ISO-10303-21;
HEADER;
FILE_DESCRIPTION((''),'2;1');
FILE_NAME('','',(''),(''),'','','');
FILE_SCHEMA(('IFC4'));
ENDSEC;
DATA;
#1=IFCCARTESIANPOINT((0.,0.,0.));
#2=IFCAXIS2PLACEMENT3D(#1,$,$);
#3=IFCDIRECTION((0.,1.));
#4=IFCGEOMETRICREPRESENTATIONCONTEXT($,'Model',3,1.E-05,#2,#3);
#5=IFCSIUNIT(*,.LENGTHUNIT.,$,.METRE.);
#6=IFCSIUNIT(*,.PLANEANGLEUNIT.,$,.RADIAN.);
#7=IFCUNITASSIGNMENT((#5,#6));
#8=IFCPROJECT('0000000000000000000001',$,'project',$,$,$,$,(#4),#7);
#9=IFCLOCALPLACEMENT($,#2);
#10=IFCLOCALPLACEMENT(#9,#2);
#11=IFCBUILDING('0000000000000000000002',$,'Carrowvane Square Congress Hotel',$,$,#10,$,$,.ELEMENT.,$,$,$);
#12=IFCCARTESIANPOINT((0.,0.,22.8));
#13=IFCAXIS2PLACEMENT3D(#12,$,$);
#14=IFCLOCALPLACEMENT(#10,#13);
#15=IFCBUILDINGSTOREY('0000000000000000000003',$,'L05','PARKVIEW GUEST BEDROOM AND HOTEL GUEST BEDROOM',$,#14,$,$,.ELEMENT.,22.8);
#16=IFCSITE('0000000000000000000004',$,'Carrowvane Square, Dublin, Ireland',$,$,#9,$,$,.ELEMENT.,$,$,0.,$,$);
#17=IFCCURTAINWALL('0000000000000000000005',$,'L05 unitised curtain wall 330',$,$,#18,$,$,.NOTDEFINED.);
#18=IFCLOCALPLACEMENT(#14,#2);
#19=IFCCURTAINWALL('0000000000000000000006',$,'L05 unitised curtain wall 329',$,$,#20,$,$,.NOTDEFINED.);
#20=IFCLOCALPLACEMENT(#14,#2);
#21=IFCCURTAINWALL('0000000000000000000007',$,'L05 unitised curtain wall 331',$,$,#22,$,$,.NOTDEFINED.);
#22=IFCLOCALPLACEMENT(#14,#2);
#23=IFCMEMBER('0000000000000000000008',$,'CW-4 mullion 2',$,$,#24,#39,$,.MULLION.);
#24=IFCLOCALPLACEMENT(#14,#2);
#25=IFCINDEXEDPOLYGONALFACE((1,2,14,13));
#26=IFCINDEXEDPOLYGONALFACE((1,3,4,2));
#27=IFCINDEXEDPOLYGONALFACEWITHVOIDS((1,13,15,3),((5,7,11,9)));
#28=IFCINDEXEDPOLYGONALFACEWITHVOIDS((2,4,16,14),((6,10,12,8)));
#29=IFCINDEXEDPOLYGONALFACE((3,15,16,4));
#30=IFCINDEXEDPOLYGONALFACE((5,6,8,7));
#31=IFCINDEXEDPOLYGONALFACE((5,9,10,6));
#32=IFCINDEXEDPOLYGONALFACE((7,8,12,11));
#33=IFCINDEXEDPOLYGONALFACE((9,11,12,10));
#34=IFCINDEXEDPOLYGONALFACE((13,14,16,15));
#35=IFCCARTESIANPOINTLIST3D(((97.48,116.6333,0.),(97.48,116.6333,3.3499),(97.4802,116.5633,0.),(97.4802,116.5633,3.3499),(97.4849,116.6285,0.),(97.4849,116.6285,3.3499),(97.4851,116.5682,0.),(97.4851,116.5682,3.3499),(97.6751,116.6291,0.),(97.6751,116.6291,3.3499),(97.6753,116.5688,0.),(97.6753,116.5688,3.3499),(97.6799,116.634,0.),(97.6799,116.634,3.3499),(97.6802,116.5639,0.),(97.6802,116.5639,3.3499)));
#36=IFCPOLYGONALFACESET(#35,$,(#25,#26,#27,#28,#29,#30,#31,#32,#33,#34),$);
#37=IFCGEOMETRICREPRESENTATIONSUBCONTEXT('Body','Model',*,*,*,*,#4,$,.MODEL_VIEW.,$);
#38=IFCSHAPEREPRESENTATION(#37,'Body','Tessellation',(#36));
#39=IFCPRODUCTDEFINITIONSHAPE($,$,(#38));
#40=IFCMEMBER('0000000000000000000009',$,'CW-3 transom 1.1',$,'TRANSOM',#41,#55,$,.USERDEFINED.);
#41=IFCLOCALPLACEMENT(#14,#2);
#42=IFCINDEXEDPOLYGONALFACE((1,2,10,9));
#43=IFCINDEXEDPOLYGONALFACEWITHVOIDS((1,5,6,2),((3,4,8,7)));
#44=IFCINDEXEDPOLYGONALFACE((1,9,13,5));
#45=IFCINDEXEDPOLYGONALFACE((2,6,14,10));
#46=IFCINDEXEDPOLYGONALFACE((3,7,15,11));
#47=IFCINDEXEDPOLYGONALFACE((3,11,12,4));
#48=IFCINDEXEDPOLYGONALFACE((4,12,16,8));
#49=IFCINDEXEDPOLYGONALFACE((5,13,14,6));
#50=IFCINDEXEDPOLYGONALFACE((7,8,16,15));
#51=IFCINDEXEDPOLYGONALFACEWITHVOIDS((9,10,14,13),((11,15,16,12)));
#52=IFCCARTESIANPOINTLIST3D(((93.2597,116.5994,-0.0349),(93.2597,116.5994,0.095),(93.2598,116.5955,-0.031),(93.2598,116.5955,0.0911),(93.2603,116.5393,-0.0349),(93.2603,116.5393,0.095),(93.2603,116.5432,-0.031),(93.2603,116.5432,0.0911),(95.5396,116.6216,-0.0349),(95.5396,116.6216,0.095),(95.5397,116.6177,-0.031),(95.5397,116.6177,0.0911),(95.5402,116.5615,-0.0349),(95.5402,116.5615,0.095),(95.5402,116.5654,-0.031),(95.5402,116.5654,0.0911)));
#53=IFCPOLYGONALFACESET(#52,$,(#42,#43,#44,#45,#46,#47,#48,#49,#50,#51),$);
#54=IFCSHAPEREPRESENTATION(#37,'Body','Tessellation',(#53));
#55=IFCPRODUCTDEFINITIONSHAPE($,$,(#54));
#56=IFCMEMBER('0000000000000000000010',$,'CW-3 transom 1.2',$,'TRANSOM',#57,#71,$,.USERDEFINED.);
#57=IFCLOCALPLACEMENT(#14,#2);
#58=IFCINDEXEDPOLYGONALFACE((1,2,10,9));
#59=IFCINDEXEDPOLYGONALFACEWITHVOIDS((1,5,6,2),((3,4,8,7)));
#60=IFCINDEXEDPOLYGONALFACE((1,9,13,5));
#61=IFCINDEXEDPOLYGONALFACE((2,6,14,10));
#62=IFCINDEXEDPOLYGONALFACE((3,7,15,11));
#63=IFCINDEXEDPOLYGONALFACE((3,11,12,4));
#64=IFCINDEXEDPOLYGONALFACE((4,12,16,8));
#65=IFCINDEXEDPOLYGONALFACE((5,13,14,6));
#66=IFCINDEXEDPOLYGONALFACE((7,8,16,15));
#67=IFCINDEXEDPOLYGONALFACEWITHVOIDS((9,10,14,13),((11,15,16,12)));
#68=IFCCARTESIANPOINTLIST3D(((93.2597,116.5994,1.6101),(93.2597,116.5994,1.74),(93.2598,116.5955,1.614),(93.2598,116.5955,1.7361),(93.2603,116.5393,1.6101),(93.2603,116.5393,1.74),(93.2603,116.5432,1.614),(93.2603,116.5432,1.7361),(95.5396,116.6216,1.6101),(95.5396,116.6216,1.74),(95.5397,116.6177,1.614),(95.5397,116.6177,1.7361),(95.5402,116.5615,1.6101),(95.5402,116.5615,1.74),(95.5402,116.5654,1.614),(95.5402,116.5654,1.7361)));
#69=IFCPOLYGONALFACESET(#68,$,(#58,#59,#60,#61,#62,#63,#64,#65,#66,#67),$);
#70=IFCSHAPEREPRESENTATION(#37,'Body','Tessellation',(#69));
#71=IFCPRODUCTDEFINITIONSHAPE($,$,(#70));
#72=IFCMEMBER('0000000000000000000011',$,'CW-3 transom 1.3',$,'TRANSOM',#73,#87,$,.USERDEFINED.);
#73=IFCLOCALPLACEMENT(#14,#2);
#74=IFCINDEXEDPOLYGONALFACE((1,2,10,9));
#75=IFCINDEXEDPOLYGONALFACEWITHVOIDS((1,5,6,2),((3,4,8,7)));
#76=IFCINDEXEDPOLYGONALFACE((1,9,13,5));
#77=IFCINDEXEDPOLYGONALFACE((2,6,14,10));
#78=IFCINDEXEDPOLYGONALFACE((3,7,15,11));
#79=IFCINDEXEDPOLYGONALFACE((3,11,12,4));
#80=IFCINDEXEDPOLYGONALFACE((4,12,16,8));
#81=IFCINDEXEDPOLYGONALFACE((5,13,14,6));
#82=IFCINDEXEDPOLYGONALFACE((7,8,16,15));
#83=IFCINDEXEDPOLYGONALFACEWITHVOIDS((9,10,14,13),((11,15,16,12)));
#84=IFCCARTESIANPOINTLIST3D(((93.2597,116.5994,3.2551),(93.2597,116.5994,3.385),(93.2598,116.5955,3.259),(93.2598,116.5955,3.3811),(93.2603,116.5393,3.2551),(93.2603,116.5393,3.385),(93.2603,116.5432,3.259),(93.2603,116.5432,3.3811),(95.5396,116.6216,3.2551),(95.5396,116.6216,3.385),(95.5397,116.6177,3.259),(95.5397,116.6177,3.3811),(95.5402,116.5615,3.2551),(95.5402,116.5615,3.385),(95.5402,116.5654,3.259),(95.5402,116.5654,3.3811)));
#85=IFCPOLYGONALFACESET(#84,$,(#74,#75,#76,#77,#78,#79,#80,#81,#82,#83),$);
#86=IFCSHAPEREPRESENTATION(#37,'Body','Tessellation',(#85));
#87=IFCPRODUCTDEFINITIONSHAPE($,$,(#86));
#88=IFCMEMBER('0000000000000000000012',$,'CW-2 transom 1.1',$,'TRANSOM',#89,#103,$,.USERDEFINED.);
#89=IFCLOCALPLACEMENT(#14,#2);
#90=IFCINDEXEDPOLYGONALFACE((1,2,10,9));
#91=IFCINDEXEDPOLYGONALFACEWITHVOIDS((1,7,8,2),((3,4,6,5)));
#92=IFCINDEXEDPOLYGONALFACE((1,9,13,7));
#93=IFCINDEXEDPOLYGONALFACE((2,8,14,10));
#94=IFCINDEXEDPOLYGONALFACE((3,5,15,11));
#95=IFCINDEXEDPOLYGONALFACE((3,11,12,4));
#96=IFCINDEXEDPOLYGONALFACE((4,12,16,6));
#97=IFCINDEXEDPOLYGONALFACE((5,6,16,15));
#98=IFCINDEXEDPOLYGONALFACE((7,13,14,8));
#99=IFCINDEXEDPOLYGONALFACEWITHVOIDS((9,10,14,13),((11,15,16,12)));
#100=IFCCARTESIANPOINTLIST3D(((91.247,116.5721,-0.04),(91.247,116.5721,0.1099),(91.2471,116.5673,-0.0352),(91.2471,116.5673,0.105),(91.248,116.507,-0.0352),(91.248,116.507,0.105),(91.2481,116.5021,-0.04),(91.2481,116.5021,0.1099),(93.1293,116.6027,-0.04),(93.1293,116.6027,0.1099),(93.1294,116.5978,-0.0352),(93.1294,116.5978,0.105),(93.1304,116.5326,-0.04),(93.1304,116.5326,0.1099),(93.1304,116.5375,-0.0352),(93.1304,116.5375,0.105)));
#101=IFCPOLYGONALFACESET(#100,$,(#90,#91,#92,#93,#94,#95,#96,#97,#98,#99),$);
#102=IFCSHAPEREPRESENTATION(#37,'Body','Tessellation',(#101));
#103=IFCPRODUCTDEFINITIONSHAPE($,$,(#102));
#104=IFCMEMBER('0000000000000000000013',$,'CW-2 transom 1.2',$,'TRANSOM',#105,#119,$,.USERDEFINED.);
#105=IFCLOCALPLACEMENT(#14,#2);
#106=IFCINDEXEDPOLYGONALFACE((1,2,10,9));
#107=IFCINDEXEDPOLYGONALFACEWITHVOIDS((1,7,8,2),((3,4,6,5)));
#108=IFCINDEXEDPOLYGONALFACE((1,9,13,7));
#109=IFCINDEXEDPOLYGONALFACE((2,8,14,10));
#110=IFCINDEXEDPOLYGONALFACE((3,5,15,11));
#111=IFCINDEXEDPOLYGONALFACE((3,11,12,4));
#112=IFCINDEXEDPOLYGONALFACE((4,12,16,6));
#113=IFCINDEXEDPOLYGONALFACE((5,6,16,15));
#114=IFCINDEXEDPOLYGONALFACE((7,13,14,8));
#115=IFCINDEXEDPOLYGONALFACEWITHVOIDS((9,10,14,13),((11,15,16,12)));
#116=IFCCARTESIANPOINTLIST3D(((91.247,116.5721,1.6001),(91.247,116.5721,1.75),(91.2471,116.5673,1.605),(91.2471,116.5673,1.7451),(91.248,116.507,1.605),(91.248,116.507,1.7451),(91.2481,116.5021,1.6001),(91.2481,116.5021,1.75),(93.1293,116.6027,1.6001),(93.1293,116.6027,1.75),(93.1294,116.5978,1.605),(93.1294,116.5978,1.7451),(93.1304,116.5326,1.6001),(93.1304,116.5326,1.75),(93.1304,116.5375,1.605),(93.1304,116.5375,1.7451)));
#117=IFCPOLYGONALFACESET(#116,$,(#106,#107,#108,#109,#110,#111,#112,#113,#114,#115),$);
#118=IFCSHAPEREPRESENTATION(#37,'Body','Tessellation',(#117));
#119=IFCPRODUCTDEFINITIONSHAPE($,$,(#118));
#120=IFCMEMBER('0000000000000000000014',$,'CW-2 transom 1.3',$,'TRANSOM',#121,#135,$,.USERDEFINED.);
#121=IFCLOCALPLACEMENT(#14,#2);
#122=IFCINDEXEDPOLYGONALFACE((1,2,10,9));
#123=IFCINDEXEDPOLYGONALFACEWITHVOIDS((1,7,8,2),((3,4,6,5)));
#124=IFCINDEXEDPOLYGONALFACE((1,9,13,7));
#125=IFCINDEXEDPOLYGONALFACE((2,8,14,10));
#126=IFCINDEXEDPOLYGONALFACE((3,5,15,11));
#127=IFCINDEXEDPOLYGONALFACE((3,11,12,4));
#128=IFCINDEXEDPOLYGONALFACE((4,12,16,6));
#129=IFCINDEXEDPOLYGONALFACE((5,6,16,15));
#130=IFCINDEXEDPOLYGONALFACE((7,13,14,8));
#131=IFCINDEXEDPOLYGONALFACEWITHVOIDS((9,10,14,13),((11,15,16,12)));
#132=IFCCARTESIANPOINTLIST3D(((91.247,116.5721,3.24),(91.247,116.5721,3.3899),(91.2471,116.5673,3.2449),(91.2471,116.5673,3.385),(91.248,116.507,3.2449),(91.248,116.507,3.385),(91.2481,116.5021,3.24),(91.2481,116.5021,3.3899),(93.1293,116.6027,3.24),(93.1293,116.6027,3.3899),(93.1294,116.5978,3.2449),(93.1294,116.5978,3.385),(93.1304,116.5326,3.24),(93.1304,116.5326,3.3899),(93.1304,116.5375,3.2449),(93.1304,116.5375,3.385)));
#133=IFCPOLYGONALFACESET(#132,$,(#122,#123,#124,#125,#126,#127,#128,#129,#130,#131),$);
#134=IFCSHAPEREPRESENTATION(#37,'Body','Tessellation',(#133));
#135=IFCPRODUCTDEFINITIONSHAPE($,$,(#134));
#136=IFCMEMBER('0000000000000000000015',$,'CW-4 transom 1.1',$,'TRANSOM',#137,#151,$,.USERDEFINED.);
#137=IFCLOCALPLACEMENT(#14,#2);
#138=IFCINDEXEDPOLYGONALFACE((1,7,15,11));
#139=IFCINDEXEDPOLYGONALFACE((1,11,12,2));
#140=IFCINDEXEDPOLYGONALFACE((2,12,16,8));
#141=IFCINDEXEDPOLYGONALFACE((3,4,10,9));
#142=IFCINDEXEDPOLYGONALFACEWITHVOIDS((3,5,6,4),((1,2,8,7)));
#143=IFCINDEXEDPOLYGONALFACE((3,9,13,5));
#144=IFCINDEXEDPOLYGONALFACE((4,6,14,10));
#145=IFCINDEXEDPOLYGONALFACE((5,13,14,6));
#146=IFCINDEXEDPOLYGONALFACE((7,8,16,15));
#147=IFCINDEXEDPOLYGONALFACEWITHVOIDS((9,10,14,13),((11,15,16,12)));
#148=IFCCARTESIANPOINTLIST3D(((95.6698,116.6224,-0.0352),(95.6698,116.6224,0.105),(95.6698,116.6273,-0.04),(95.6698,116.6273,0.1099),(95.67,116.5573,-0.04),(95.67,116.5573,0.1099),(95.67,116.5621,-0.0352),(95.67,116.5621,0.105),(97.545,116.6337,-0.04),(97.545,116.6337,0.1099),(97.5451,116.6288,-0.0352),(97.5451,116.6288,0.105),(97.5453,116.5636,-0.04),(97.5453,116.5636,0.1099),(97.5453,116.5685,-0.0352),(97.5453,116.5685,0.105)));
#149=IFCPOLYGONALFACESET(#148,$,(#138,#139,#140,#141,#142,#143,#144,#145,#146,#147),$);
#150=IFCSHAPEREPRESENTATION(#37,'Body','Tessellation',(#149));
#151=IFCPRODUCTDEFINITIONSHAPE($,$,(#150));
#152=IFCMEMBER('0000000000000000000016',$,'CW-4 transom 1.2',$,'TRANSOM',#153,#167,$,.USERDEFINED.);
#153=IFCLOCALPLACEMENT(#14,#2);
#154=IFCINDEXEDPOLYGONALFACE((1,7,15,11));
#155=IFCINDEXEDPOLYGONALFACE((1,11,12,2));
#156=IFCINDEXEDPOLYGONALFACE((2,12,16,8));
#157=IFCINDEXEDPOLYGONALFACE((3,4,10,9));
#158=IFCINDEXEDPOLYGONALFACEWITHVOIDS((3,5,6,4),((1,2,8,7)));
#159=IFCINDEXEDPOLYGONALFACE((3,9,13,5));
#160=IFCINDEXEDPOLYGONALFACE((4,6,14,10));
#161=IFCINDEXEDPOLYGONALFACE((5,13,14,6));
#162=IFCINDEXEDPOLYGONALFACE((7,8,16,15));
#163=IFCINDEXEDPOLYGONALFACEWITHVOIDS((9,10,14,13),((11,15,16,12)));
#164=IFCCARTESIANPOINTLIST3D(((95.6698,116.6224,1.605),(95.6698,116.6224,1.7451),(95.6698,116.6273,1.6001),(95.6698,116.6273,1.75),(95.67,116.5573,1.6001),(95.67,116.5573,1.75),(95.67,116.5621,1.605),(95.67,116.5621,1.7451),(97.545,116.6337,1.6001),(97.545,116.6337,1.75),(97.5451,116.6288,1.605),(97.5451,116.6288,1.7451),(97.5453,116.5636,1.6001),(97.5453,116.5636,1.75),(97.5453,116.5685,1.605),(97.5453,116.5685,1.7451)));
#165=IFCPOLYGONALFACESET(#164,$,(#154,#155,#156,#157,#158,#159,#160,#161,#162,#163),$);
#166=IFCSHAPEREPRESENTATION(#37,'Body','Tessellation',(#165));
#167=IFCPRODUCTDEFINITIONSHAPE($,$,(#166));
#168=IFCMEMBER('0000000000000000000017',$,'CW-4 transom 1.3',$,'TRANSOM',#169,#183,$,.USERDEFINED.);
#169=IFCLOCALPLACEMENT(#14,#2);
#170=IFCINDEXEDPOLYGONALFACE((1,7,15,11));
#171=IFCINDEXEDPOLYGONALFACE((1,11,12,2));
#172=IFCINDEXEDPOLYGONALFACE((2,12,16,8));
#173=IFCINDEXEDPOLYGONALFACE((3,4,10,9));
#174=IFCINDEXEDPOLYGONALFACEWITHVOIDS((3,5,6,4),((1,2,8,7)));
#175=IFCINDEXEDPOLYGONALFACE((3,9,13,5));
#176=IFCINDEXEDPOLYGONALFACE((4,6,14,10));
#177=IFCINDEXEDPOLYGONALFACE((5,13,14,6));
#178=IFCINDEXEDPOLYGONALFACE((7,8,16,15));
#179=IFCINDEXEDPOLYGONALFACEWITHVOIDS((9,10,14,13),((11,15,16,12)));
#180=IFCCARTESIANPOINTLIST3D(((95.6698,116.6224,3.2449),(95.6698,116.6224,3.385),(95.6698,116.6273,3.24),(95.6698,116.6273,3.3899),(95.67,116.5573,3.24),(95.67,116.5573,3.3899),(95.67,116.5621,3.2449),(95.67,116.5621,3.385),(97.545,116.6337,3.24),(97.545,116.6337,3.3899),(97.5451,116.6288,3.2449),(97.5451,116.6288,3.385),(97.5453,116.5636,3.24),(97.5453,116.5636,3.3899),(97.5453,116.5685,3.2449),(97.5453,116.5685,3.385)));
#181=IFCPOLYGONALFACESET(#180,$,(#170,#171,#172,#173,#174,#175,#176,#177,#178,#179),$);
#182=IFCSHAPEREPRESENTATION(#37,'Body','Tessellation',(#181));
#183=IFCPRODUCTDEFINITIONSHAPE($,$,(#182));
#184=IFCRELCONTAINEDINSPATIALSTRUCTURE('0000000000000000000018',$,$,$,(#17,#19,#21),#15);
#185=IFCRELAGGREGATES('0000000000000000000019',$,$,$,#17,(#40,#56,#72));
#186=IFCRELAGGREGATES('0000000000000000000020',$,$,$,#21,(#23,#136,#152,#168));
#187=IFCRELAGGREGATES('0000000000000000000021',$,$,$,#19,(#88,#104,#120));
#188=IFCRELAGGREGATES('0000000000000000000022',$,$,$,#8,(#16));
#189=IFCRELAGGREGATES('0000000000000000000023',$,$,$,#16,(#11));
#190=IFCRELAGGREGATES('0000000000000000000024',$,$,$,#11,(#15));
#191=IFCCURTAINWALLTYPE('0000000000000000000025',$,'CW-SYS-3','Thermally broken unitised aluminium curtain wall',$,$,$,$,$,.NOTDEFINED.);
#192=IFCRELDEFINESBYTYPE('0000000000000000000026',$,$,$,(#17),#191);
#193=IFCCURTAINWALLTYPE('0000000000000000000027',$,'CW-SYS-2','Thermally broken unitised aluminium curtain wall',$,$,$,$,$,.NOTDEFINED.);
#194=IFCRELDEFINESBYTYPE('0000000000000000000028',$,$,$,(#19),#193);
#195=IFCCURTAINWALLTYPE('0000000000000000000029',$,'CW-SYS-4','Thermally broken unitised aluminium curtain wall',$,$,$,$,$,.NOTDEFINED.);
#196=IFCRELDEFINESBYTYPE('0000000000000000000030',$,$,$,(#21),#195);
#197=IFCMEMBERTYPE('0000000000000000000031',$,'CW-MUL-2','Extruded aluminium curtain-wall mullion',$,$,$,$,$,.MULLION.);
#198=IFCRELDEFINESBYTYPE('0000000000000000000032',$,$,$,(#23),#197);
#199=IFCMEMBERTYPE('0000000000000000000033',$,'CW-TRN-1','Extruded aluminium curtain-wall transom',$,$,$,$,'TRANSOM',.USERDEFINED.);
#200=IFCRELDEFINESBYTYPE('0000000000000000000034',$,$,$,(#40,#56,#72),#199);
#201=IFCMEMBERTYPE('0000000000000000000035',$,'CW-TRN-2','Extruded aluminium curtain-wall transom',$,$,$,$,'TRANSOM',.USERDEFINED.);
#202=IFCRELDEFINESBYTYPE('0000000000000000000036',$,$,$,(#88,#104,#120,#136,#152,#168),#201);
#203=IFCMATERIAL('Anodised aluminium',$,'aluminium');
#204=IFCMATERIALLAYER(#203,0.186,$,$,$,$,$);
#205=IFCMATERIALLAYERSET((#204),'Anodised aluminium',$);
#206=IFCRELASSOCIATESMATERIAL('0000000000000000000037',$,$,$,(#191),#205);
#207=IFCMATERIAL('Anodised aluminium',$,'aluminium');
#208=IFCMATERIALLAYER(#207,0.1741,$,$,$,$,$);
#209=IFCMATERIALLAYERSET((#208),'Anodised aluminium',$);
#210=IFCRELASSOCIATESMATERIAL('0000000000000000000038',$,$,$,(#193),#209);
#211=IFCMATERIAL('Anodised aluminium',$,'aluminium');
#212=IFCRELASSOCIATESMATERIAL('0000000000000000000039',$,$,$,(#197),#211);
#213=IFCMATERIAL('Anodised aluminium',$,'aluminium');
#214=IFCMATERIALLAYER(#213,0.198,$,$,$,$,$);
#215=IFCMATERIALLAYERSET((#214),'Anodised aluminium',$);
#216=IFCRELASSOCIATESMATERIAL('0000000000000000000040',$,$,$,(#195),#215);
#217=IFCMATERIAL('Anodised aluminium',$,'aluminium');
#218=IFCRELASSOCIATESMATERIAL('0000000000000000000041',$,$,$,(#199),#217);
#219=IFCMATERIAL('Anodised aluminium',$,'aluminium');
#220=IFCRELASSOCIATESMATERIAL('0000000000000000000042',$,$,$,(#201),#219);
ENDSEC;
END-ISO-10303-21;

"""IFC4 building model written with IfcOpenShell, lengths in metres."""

from ifc_helpers import new_model, si_unit, direction, frame, origin, origin_2d, place, context, subcontext, project, spatial, hollow_rectangle, extrude, material, layer, layer_set, material_profile, profile_set, type_object, element, aggregate, save


model = new_model("IFC4")

# Units and contexts
model_context = context("Model", 3, precision=1e-05, world=origin(), true_north=direction((0.0, 1.0)))
body_context = subcontext(model_context, "Body", "Model", "MODEL_VIEW")
ifc_project = project(units=[si_unit("LENGTHUNIT", "METRE"), si_unit("PLANEANGLEUNIT", "RADIAN")], contexts=[model_context])

# Site, building, storey
site_placement = place(None, origin())
site = spatial("IfcSite", under=ifc_project, at=site_placement, Name="Carrowvane Square, Dublin, Ireland", CompositionType="ELEMENT", RefElevation=0.0)
building_placement = place(site_placement, origin())
building = spatial("IfcBuilding", under=site, at=building_placement, Name="Carrowvane Square Congress Hotel", CompositionType="ELEMENT")
storey_placement = place(building_placement, frame((0.0, 0.0, 22.8)))
storey = spatial("IfcBuildingStorey", under=building, at=storey_placement, Name="L05", Description="PARKVIEW GUEST BEDROOM AND HOTEL GUEST BEDROOM", CompositionType="ELEMENT", Elevation=22.8)

# Curtain walls, member
ifc_material_1 = material(Name="Anodised aluminium", Category="aluminium")
ifc_layer_1 = layer(ifc_material_1, 0.186)
ifc_layer_set_1 = layer_set([ifc_layer_1], Name="Anodised aluminium")
curtain_wall_type_1 = type_object("IfcCurtainWallType", Name="CW-SYS-3", Description="Thermally broken unitised aluminium curtain wall", PredefinedType="NOTDEFINED", material=ifc_layer_set_1)
curtain_wall_1_placement = place(storey_placement, origin())
curtain_wall_1 = element("IfcCurtainWall", 1, at=curtain_wall_1_placement, inside=storey, type_object=curtain_wall_type_1, Name="L05 unitised curtain wall 330", PredefinedType="NOTDEFINED")
ifc_material_2 = material(Name="Anodised aluminium", Category="aluminium")
ifc_layer_2 = layer(ifc_material_2, 0.1741)
ifc_layer_set_2 = layer_set([ifc_layer_2], Name="Anodised aluminium")
curtain_wall_type_2 = type_object("IfcCurtainWallType", Name="CW-SYS-2", Description="Thermally broken unitised aluminium curtain wall", PredefinedType="NOTDEFINED", material=ifc_layer_set_2)
curtain_wall_2_placement = place(storey_placement, origin())
curtain_wall_2 = element("IfcCurtainWall", 2, at=curtain_wall_2_placement, inside=storey, type_object=curtain_wall_type_2, Name="L05 unitised curtain wall 329", PredefinedType="NOTDEFINED")
ifc_material_3 = material(Name="Anodised aluminium", Category="aluminium")
ifc_material_profile_1 = material_profile(ifc_material_3, hollow_rectangle(XDim=0.0701, YDim=0.2, WallThickness=0.0049, at=origin_2d()), Name="CW-ML 70x200x5")
ifc_profile_set_1 = profile_set([ifc_material_profile_1], Name="Anodised aluminium")
member_type_1 = type_object("IfcMemberType", Name="CW-MUL-2", Description="Extruded aluminium curtain-wall mullion", PredefinedType="MULLION", material=ifc_profile_set_1)
ifc_material_4 = material(Name="Anodised aluminium", Category="aluminium")
ifc_layer_3 = layer(ifc_material_4, 0.198)
ifc_layer_set_3 = layer_set([ifc_layer_3], Name="Anodised aluminium")
curtain_wall_type_3 = type_object("IfcCurtainWallType", Name="CW-SYS-4", Description="Thermally broken unitised aluminium curtain wall", PredefinedType="NOTDEFINED", material=ifc_layer_set_3)
curtain_wall_3_placement = place(storey_placement, origin())
curtain_wall_3 = element("IfcCurtainWall", 3, at=curtain_wall_3_placement, inside=storey, type_object=curtain_wall_type_3, Name="L05 unitised curtain wall 331", PredefinedType="NOTDEFINED")
member_1_placement = place(storey_placement, frame((97.5801, 116.5986, 0.0), z_axis=(0.0, 0.0, 1.0), x_axis=(-0.00327, 0.999995, 0.0)))
member_1 = element("IfcMember", 4, at=member_1_placement, type_object=member_type_1, Name="CW-4 mullion 2", PredefinedType="MULLION", context=body_context, shape_type="SweptSolid", body=[
    extrude(hollow_rectangle(XDim=0.0701, YDim=0.2, WallThickness=0.0049, at=origin_2d()), origin(), (0.0, 0.0, 1.0), 3.3499),
])

# Members
ifc_material_5 = material(Name="Anodised aluminium", Category="aluminium")
ifc_material_profile_2 = material_profile(ifc_material_5, hollow_rectangle(XDim=0.0601, YDim=0.1299, WallThickness=0.0039, at=origin_2d()), Name="CW-TR 60x130x4")
ifc_profile_set_2 = profile_set([ifc_material_profile_2], Name="Anodised aluminium")
member_type_2 = type_object("IfcMemberType", Name="CW-TRN-1", Description="Extruded aluminium curtain-wall transom", ElementType="TRANSOM", PredefinedType="USERDEFINED", material=ifc_profile_set_2)
member_2_placement = place(storey_placement, frame((93.26, 116.5693, 0.03), z_axis=(0.999953, 0.009744, 0.0), x_axis=(-0.009744, 0.999953, 0.0)))
member_2 = element("IfcMember", 5, at=member_2_placement, type_object=member_type_2, Name="CW-3 transom 1.1", ObjectType="TRANSOM", PredefinedType="USERDEFINED", context=body_context, shape_type="SweptSolid", body=[
    extrude(hollow_rectangle(XDim=0.0601, YDim=0.1299, WallThickness=0.0039, at=origin_2d()), origin(), (0.0, 0.0, 1.0), 2.28),
])
member_3_placement = place(storey_placement, frame((93.26, 116.5693, 1.675), z_axis=(0.999953, 0.009744, 0.0), x_axis=(-0.009744, 0.999953, 0.0)))
member_3 = element("IfcMember", 6, at=member_3_placement, type_object=member_type_2, Name="CW-3 transom 1.2", ObjectType="TRANSOM", PredefinedType="USERDEFINED", context=body_context, shape_type="SweptSolid", body=[
    extrude(hollow_rectangle(XDim=0.0601, YDim=0.1299, WallThickness=0.0039, at=origin_2d()), origin(), (0.0, 0.0, 1.0), 2.28),
])
member_4_placement = place(storey_placement, frame((93.26, 116.5693, 3.3201), z_axis=(0.999953, 0.009744, 0.0), x_axis=(-0.009744, 0.999953, 0.0)))
member_4 = element("IfcMember", 7, at=member_4_placement, type_object=member_type_2, Name="CW-3 transom 1.3", ObjectType="TRANSOM", PredefinedType="USERDEFINED", context=body_context, shape_type="SweptSolid", body=[
    extrude(hollow_rectangle(XDim=0.0601, YDim=0.1299, WallThickness=0.0039, at=origin_2d()), origin(), (0.0, 0.0, 1.0), 2.28),
])
ifc_material_6 = material(Name="Anodised aluminium", Category="aluminium")
ifc_material_profile_3 = material_profile(ifc_material_6, hollow_rectangle(XDim=0.0701, YDim=0.1499, WallThickness=0.0049, at=origin_2d()), Name="CW-TR 70x150x5")
ifc_profile_set_3 = profile_set([ifc_material_profile_3], Name="Anodised aluminium")
member_type_3 = type_object("IfcMemberType", Name="CW-TRN-2", Description="Extruded aluminium curtain-wall transom", ElementType="TRANSOM", PredefinedType="USERDEFINED", material=ifc_profile_set_3)
member_5_placement = place(storey_placement, frame((91.2476, 116.5371, 0.0349), z_axis=(0.999869, 0.016211, 0.0), x_axis=(-0.016211, 0.999869, 0.0)))
member_5 = element("IfcMember", 8, at=member_5_placement, type_object=member_type_3, Name="CW-2 transom 1.1", ObjectType="TRANSOM", PredefinedType="USERDEFINED", context=body_context, shape_type="SweptSolid", body=[
    extrude(hollow_rectangle(XDim=0.0701, YDim=0.1499, WallThickness=0.0049, at=origin_2d()), origin(), (0.0, 0.0, 1.0), 1.8826),
])
member_6_placement = place(storey_placement, frame((91.2476, 116.5371, 1.675), z_axis=(0.999869, 0.016211, 0.0), x_axis=(-0.016211, 0.999869, 0.0)))
member_6 = element("IfcMember", 9, at=member_6_placement, type_object=member_type_3, Name="CW-2 transom 1.2", ObjectType="TRANSOM", PredefinedType="USERDEFINED", context=body_context, shape_type="SweptSolid", body=[
    extrude(hollow_rectangle(XDim=0.0701, YDim=0.1499, WallThickness=0.0049, at=origin_2d()), origin(), (0.0, 0.0, 1.0), 1.8826),
])
member_7_placement = place(storey_placement, frame((91.2476, 116.5371, 3.3149), z_axis=(0.999869, 0.016211, 0.0), x_axis=(-0.016211, 0.999869, 0.0)))
member_7 = element("IfcMember", 10, at=member_7_placement, type_object=member_type_3, Name="CW-2 transom 1.3", ObjectType="TRANSOM", PredefinedType="USERDEFINED", context=body_context, shape_type="SweptSolid", body=[
    extrude(hollow_rectangle(XDim=0.0701, YDim=0.1499, WallThickness=0.0049, at=origin_2d()), origin(), (0.0, 0.0, 1.0), 1.8826),
])
member_8_placement = place(storey_placement, frame((95.6699, 116.5923, 0.0349), z_axis=(0.999994, 0.003385, 0.0), x_axis=(-0.003385, 0.999994, 0.0)))
member_8 = element("IfcMember", 11, at=member_8_placement, type_object=member_type_3, Name="CW-4 transom 1.1", ObjectType="TRANSOM", PredefinedType="USERDEFINED", context=body_context, shape_type="SweptSolid", body=[
    extrude(hollow_rectangle(XDim=0.0701, YDim=0.1499, WallThickness=0.0049, at=origin_2d()), origin(), (0.0, 0.0, 1.0), 1.8752),
])
member_9_placement = place(storey_placement, frame((95.6699, 116.5923, 1.675), z_axis=(0.999994, 0.003385, 0.0), x_axis=(-0.003385, 0.999994, 0.0)))
member_9 = element("IfcMember", 12, at=member_9_placement, type_object=member_type_3, Name="CW-4 transom 1.2", ObjectType="TRANSOM", PredefinedType="USERDEFINED", context=body_context, shape_type="SweptSolid", body=[
    extrude(hollow_rectangle(XDim=0.0701, YDim=0.1499, WallThickness=0.0049, at=origin_2d()), origin(), (0.0, 0.0, 1.0), 1.8752),
])
member_10_placement = place(storey_placement, frame((95.6699, 116.5923, 3.3149), z_axis=(0.999994, 0.003385, 0.0), x_axis=(-0.003385, 0.999994, 0.0)))
member_10 = element("IfcMember", 13, at=member_10_placement, type_object=member_type_3, Name="CW-4 transom 1.3", ObjectType="TRANSOM", PredefinedType="USERDEFINED", context=body_context, shape_type="SweptSolid", body=[
    extrude(hollow_rectangle(XDim=0.0701, YDim=0.1499, WallThickness=0.0049, at=origin_2d()), origin(), (0.0, 0.0, 1.0), 1.8752),
])

aggregate(curtain_wall_1, [member_2, member_3, member_4])
aggregate(curtain_wall_3, [member_1, member_8, member_9, member_10])
aggregate(curtain_wall_2, [member_5, member_6, member_7])

save(model, "model.ifc")
